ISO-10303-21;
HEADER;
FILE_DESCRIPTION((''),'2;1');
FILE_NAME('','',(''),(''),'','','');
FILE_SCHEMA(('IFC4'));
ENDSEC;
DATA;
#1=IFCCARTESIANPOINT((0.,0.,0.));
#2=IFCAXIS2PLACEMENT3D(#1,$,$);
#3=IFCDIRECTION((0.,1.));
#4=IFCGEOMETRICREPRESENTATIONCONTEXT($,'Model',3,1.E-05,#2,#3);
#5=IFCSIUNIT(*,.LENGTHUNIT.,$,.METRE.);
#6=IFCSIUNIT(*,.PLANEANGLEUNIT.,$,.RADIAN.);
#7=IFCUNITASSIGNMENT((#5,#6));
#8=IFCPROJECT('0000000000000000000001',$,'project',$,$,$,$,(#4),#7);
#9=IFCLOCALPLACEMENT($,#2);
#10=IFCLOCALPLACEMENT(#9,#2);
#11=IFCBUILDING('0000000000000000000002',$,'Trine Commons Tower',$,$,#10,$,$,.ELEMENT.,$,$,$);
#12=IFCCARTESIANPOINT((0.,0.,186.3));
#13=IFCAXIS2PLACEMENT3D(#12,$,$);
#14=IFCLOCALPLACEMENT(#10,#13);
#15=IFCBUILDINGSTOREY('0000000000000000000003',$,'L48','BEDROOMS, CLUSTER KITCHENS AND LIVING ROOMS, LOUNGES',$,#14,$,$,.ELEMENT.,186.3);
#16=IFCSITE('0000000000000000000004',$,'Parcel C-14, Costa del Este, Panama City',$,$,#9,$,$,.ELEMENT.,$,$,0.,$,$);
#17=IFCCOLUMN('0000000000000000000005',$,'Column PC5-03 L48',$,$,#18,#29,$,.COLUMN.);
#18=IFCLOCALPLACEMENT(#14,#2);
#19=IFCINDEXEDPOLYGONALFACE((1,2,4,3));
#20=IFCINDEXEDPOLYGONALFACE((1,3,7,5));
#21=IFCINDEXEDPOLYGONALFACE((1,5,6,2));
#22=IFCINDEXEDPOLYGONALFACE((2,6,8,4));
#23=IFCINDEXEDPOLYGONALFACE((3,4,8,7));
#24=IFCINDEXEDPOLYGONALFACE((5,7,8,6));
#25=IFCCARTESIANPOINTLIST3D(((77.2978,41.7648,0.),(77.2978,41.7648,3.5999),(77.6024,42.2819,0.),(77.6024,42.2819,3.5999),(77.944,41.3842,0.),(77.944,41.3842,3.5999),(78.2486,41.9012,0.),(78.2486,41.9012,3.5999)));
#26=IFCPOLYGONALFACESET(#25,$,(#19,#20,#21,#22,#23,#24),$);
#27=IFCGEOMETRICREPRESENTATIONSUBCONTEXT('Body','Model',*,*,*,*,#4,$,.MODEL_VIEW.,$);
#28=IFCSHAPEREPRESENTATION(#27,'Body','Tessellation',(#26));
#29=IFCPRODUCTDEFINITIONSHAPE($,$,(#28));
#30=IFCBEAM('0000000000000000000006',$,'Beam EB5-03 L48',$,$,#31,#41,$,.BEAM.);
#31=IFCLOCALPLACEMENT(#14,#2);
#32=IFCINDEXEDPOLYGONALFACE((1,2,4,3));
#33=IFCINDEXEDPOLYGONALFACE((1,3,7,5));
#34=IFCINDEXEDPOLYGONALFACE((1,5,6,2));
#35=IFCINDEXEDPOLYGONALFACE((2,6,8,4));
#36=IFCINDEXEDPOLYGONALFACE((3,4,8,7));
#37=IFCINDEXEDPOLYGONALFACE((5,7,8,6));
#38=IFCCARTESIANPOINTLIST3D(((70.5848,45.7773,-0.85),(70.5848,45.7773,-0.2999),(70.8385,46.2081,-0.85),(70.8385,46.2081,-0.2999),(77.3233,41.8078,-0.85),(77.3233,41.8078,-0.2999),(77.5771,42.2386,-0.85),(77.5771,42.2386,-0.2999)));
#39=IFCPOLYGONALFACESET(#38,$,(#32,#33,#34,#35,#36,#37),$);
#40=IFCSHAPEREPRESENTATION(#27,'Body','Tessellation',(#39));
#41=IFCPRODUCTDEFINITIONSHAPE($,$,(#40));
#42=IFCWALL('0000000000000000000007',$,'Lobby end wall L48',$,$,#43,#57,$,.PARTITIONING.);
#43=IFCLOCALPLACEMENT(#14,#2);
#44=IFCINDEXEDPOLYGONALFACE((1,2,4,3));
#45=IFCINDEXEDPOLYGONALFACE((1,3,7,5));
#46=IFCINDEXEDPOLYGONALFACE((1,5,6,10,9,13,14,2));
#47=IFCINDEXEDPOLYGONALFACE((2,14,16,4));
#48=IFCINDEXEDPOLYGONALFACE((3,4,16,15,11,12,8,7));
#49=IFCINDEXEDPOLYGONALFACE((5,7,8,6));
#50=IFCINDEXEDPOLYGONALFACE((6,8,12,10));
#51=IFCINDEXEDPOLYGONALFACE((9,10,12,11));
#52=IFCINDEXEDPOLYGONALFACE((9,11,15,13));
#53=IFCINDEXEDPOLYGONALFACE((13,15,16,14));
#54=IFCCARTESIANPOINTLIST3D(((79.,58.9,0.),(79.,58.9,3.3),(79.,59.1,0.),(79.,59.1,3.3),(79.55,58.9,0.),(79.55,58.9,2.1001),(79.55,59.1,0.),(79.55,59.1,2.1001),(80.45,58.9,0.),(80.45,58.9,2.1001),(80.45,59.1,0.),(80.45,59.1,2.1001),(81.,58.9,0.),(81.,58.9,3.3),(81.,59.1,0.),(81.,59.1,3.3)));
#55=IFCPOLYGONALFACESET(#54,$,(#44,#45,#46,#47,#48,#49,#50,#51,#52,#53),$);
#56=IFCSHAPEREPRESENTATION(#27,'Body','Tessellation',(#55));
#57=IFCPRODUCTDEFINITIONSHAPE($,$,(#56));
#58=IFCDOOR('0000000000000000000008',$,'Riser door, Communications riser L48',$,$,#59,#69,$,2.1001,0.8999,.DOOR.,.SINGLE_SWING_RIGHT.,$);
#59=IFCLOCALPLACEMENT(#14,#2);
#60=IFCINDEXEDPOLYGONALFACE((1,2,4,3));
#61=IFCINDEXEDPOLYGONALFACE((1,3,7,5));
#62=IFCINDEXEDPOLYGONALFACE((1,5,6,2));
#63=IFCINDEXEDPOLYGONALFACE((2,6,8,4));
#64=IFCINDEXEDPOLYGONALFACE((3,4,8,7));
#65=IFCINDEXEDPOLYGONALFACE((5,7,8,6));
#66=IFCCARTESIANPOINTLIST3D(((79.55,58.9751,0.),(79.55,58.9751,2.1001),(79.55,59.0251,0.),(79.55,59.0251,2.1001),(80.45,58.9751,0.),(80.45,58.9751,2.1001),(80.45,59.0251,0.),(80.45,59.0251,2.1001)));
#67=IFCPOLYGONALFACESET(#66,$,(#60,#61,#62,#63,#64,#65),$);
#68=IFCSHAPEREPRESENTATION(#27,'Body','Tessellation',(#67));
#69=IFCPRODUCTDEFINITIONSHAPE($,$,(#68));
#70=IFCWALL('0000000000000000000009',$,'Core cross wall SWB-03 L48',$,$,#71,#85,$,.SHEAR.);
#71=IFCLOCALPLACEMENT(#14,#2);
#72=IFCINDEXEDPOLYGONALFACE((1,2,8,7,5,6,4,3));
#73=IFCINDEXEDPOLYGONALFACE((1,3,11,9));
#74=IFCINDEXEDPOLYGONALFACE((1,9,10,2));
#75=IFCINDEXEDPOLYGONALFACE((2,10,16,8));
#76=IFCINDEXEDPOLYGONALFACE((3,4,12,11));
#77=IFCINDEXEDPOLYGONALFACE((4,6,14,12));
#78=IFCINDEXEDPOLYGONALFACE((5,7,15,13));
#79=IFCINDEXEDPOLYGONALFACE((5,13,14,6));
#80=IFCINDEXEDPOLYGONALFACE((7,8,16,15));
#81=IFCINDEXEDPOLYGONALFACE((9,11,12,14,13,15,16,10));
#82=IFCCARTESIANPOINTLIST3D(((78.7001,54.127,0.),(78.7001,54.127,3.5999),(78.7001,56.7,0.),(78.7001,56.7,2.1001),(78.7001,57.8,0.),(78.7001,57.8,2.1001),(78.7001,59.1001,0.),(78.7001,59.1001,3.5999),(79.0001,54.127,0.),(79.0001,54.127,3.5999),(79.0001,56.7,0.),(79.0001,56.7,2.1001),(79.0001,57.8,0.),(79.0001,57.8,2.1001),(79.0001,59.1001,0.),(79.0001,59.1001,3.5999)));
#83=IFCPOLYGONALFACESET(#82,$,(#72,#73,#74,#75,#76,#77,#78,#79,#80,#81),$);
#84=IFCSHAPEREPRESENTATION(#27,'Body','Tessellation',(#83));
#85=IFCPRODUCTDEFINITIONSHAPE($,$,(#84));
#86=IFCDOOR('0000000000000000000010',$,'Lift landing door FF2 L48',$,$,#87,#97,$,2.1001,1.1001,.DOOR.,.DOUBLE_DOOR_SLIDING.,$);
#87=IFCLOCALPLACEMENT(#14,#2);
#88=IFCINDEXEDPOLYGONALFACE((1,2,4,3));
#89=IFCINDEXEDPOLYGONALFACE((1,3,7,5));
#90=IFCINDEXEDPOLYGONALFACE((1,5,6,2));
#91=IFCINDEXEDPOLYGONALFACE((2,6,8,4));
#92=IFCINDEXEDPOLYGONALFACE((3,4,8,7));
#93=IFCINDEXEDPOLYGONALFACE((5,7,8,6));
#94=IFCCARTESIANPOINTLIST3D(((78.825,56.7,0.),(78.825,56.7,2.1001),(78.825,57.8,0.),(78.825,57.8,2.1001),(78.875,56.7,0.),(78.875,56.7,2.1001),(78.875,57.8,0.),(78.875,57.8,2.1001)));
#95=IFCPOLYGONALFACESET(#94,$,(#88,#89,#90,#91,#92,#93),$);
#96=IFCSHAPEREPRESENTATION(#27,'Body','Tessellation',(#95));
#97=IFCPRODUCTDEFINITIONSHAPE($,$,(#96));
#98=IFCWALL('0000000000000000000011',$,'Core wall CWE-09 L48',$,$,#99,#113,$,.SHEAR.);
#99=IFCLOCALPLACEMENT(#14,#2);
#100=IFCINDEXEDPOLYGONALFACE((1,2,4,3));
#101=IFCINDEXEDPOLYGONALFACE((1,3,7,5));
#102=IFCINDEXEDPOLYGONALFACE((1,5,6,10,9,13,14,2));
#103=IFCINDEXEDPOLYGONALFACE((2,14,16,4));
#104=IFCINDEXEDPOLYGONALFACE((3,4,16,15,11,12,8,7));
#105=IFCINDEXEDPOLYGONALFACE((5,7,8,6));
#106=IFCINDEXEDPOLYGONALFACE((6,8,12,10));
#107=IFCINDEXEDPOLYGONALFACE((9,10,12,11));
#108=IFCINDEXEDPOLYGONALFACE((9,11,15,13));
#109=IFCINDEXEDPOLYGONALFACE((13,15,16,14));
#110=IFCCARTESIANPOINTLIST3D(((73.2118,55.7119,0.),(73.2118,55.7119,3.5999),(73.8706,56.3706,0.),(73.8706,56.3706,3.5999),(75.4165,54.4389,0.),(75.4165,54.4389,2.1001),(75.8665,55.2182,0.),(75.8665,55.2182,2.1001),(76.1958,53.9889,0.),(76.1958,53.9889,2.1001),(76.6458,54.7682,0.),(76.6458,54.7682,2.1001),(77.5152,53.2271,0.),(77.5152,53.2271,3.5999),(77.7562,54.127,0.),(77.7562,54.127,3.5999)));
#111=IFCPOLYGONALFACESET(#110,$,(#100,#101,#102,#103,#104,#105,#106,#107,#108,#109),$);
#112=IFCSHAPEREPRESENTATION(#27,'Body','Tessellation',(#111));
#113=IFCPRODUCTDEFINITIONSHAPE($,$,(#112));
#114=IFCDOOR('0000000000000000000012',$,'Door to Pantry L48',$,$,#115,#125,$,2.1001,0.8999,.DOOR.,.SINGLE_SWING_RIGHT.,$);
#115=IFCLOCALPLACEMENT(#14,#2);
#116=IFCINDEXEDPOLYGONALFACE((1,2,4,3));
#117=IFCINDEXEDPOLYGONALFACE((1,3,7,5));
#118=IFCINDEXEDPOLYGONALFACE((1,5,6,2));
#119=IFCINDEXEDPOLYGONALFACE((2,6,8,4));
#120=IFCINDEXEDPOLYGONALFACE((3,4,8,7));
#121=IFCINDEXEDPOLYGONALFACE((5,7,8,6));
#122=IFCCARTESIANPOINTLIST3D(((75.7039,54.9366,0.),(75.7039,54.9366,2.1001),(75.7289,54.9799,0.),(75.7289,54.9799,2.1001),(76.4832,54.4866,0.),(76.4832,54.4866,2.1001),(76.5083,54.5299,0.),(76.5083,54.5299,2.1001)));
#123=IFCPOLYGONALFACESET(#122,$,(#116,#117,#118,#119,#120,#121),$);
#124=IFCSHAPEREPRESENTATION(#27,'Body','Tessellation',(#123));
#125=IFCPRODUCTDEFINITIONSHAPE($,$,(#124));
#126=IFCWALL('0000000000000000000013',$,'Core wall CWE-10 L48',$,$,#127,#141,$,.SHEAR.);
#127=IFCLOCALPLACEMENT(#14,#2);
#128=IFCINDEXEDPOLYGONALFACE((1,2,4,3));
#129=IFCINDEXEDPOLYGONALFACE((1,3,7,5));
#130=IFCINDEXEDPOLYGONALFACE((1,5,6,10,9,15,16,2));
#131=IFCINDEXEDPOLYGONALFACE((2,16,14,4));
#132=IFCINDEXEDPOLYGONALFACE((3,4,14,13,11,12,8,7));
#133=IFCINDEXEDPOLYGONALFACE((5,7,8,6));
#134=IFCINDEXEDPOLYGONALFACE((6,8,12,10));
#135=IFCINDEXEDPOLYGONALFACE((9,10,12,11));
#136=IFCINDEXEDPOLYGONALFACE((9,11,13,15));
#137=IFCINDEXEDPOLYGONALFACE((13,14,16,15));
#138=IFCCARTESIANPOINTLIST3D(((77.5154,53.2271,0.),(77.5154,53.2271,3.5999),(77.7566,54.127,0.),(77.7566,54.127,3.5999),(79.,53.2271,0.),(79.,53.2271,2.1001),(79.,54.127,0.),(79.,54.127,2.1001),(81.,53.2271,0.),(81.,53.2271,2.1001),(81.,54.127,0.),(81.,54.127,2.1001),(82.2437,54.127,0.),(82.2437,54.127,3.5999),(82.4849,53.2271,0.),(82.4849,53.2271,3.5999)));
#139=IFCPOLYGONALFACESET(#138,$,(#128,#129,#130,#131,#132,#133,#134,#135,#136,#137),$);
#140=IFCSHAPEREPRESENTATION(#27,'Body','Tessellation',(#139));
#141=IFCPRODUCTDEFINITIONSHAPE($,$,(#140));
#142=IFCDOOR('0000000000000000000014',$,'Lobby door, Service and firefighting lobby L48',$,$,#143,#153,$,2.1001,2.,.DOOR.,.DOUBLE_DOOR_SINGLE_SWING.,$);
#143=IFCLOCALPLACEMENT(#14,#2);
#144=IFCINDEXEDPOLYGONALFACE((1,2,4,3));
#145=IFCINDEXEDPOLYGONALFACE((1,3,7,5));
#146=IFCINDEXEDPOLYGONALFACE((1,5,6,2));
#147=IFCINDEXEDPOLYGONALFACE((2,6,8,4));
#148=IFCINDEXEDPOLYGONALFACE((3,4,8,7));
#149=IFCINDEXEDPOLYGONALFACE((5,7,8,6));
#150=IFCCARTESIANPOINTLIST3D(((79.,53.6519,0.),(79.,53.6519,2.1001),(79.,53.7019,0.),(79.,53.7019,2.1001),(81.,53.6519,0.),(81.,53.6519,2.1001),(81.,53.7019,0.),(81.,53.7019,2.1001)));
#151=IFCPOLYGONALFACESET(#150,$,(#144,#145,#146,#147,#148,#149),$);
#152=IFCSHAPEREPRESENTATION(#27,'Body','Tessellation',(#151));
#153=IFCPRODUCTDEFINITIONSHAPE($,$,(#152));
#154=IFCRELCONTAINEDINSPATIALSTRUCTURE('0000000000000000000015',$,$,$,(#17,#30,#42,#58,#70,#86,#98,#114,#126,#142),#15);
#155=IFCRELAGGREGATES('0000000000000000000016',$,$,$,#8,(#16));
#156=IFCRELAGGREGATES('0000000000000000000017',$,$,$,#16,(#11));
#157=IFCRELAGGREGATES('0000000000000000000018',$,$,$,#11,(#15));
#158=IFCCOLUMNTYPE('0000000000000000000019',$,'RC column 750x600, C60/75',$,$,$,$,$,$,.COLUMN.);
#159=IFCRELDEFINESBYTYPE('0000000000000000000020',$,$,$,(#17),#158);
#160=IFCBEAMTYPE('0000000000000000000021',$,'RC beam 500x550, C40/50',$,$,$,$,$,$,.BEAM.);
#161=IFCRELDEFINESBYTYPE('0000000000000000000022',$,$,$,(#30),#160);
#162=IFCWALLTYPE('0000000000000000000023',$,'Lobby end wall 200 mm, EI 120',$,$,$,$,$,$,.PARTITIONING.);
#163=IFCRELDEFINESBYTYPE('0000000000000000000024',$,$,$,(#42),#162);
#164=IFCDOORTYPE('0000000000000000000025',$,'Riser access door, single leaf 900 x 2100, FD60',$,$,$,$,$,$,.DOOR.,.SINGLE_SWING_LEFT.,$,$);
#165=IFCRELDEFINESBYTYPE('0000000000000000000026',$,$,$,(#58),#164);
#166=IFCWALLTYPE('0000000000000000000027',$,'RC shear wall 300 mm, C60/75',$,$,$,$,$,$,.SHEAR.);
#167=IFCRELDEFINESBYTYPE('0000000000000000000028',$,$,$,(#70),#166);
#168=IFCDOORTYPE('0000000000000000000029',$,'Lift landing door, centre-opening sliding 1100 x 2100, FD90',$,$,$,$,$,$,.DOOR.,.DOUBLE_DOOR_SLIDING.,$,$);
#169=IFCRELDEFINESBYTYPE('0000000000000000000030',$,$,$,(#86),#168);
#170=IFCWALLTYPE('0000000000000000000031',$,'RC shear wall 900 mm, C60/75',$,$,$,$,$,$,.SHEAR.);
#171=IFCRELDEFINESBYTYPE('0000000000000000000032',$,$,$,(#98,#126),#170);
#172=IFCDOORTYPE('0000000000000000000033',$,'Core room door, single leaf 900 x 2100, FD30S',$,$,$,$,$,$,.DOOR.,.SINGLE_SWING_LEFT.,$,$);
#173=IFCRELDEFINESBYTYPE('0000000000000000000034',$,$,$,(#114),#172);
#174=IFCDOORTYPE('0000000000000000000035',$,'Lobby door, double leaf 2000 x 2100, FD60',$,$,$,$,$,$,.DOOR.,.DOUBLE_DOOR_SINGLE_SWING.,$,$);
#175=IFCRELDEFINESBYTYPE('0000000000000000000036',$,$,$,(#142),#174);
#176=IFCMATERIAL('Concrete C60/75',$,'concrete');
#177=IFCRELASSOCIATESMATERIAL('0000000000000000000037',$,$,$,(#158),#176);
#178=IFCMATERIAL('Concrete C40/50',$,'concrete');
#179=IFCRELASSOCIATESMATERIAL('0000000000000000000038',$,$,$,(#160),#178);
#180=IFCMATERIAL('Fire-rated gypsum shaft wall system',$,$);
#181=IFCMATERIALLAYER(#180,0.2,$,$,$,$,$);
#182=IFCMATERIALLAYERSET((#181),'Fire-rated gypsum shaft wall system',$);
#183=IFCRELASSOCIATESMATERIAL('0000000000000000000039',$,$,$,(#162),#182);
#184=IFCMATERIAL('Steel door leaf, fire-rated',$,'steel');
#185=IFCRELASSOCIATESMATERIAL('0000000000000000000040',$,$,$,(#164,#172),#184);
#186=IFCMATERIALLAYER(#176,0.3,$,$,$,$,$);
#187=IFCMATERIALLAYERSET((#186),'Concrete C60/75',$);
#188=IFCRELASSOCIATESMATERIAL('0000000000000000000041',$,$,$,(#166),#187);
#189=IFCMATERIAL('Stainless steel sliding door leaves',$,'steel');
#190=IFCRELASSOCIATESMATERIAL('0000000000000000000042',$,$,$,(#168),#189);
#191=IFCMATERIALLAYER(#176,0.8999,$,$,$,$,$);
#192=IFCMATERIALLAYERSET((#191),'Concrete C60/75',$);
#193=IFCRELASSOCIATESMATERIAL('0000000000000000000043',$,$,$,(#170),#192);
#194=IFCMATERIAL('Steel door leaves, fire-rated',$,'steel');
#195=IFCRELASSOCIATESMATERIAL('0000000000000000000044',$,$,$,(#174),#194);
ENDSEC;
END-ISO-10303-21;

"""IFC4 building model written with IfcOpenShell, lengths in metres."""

from ifc_helpers import new_model, si_unit, direction, frame, frame_2d, origin, origin_2d, place, context, subcontext, project, spatial, polyline, rectangle, outline, extrude, material, layer, layer_set, material_profile, profile_set, type_object, element, fill, save


model = new_model("IFC4")

# Units and contexts
model_context = context("Model", 3, precision=1e-05, world=origin(), true_north=direction((0.0, 1.0)))
body_context = subcontext(model_context, "Body", "Model", "MODEL_VIEW")
ifc_project = project(units=[si_unit("LENGTHUNIT", "METRE"), si_unit("PLANEANGLEUNIT", "RADIAN")], contexts=[model_context])

# Site, building, storey
site_placement = place(None, origin())
site = spatial("IfcSite", under=ifc_project, at=site_placement, Name="Parcel C-14, Costa del Este, Panama City", CompositionType="ELEMENT", RefElevation=0.0)
building_placement = place(site_placement, origin())
building = spatial("IfcBuilding", under=site, at=building_placement, Name="Trine Commons Tower", CompositionType="ELEMENT")
storey_placement = place(building_placement, frame((0.0, 0.0, 186.3)))
storey = spatial("IfcBuildingStorey", under=building, at=storey_placement, Name="L48", Description="BEDROOMS, CLUSTER KITCHENS AND LIVING ROOMS, LOUNGES", CompositionType="ELEMENT", Elevation=186.3)

# Column
ifc_material_1 = material(Name="Concrete C60/75", Category="concrete")
ifc_material_profile_1 = material_profile(ifc_material_1, rectangle(XDim=0.75, YDim=0.6001, at=origin_2d()), Name="RC 750x600")
ifc_profile_set_1 = profile_set([ifc_material_profile_1], Name="Concrete C60/75")
column_type = type_object("IfcColumnType", Name="RC column 750x600, C60/75", PredefinedType="COLUMN", material=ifc_profile_set_1)
column_placement = place(storey_placement, frame((77.7732, 41.833, 0.0), z_axis=(0.0, 0.0, 1.0), x_axis=(-0.861629, 0.507538, 0.0)))
element("IfcColumn", 1, at=column_placement, inside=storey, type_object=column_type, Name="Column PC5-03 L48", PredefinedType="COLUMN", context=body_context, shape_type="SweptSolid", body=[
    extrude(rectangle(XDim=0.75, YDim=0.6001, at=origin_2d()), origin(), (0.0, 0.0, 1.0), 3.5999),
])

# Beam
ifc_material_2 = material(Name="Concrete C40/50", Category="concrete")
ifc_material_profile_2 = material_profile(ifc_material_2, rectangle(XDim=0.5, YDim=0.55, at=origin_2d()), Name="RC 500x550")
ifc_profile_set_2 = profile_set([ifc_material_profile_2], Name="Concrete C40/50")
beam_type = type_object("IfcBeamType", Name="RC beam 500x550, C40/50", PredefinedType="BEAM", material=ifc_profile_set_2)
beam_placement = place(storey_placement, frame((77.4502, 42.0232, -0.575), z_axis=(-0.861619, 0.507556, 0.0), x_axis=(-0.507556, -0.861619, 0.0)))
element("IfcBeam", 2, at=beam_placement, inside=storey, type_object=beam_type, Name="Beam EB5-03 L48", PredefinedType="BEAM", context=body_context, shape_type="SweptSolid", body=[
    extrude(rectangle(XDim=0.5, YDim=0.55, at=origin_2d()), origin(), (0.0, 0.0, 1.0), 7.8208),
])

# Walls, openings, doors
ifc_material_3 = material(Name="Fire-rated gypsum shaft wall system")
ifc_layer_1 = layer(ifc_material_3, 0.2)
ifc_layer_set_1 = layer_set([ifc_layer_1], Name="Fire-rated gypsum shaft wall system")
wall_type_1 = type_object("IfcWallType", Name="Lobby end wall 200 mm, EI 120", PredefinedType="PARTITIONING", material=ifc_layer_set_1)
wall_1_placement = place(storey_placement, frame((79.0, 59.0, 0.0), z_axis=(0.0, 0.0, 1.0), x_axis=(1.0, 0.0, 0.0)))
wall_1 = element("IfcWall", 3, at=wall_1_placement, inside=storey, type_object=wall_type_1, Name="Lobby end wall L48", PredefinedType="PARTITIONING", context=body_context, shape_type="SweptSolid", body=[
    extrude(rectangle(XDim=2.0, YDim=0.2, at=frame_2d((1.0, 0.0))), origin(), (0.0, 0.0, 1.0), 3.3),
])
opening_1_placement = place(wall_1_placement, frame((0.55, 0.0, 0.0)))
opening_1 = element("IfcOpeningElement", 4, at=opening_1_placement, cuts=wall_1, PredefinedType="OPENING", context=body_context, shape_type="SweptSolid", body=[
    extrude(rectangle(XDim=0.8999, YDim=2.1001, at=frame_2d((0.45, 1.05))), frame((0.0, 0.1099, 0.0), z_axis=(0.0, -1.0, 0.0), x_axis=(1.0, 0.0, 0.0)), (0.0, 0.0, 1.0), 0.22),
])
ifc_material_4 = material(Name="Steel door leaf, fire-rated", Category="steel")
door_type_1 = type_object("IfcDoorType", Name="Riser access door, single leaf 900 x 2100, FD60", OperationType="SINGLE_SWING_LEFT", PredefinedType="DOOR", material=ifc_material_4)
door_1_placement = place(opening_1_placement, frame((0.8999, 0.0, 0.0), z_axis=(0.0, 0.0, 1.0), x_axis=(-1.0, 0.0, 0.0)))
door_1 = element("IfcDoor", 5, at=door_1_placement, inside=storey, type_object=door_type_1, Name="Riser door, Communications riser L48", OperationType="SINGLE_SWING_RIGHT", OverallHeight=2.1001, OverallWidth=0.8999, PredefinedType="DOOR", context=body_context, shape_type="SweptSolid", body=[
    extrude(rectangle(XDim=0.8999, YDim=2.1001, at=frame_2d((0.45, 1.05))), frame((0.0, 0.0249, 0.0), z_axis=(0.0, -1.0, 0.0), x_axis=(1.0, 0.0, 0.0)), (0.0, 0.0, 1.0), 0.05),
])
fill(opening_1, door_1)
ifc_layer_2 = layer(ifc_material_1, 0.3)
ifc_layer_set_2 = layer_set([ifc_layer_2], Name="Concrete C60/75")
wall_type_2 = type_object("IfcWallType", Name="RC shear wall 300 mm, C60/75", PredefinedType="SHEAR", material=ifc_layer_set_2)
wall_2_placement = place(storey_placement, frame((78.8501, 59.1001, 0.0), z_axis=(0.0, 0.0, 1.0), x_axis=(0.0, -1.0, 0.0)))
wall_2 = element("IfcWall", 6, at=wall_2_placement, inside=storey, type_object=wall_type_2, Name="Core cross wall SWB-03 L48", PredefinedType="SHEAR", context=body_context, shape_type="SweptSolid", body=[
    extrude(rectangle(XDim=4.9731, YDim=0.3, at=frame_2d((2.4866, 0.0))), origin(), (0.0, 0.0, 1.0), 3.5999),
])
opening_2_placement = place(wall_2_placement, frame((1.3, 0.0, 0.0)))
opening_2 = element("IfcOpeningElement", 7, at=opening_2_placement, cuts=wall_2, PredefinedType="OPENING", context=body_context, shape_type="SweptSolid", body=[
    extrude(rectangle(XDim=1.1001, YDim=2.1001, at=frame_2d((0.55, 1.05))), frame((0.0, 0.1599, 0.0), z_axis=(0.0, -1.0, 0.0), x_axis=(1.0, 0.0, 0.0)), (0.0, 0.0, 1.0), 0.3201),
])
ifc_material_5 = material(Name="Stainless steel sliding door leaves", Category="steel")
door_type_2 = type_object("IfcDoorType", Name="Lift landing door, centre-opening sliding 1100 x 2100, FD90", OperationType="DOUBLE_DOOR_SLIDING", PredefinedType="DOOR", material=ifc_material_5)
door_2_placement = place(opening_2_placement, origin())
door_2 = element("IfcDoor", 8, at=door_2_placement, inside=storey, type_object=door_type_2, Name="Lift landing door FF2 L48", OperationType="DOUBLE_DOOR_SLIDING", OverallHeight=2.1001, OverallWidth=1.1001, PredefinedType="DOOR", context=body_context, shape_type="SweptSolid", body=[
    extrude(rectangle(XDim=1.1001, YDim=2.1001, at=frame_2d((0.55, 1.05))), frame((0.0, 0.0249, 0.0), z_axis=(0.0, -1.0, 0.0), x_axis=(1.0, 0.0, 0.0)), (0.0, 0.0, 1.0), 0.05),
])
fill(opening_2, door_2)
ifc_layer_3 = layer(ifc_material_1, 0.8999)
ifc_layer_set_3 = layer_set([ifc_layer_3], Name="Concrete C60/75")
wall_type_3 = type_object("IfcWallType", Name="RC shear wall 900 mm, C60/75", PredefinedType="SHEAR", material=ifc_layer_set_3)
wall_3_placement = place(storey_placement, frame((73.4368, 56.1016, 0.0), z_axis=(0.0, 0.0, 1.0), x_axis=(0.866003, -0.500039, 0.0)))
wall_3 = element("IfcWall", 9, at=wall_3_placement, inside=storey, type_object=wall_type_3, Name="Core wall CWE-09 L48", PredefinedType="SHEAR", context=body_context, shape_type="SweptSolid", body=[
    extrude(outline(polyline([(0.0, -0.45), (4.9692, -0.45), (4.728, 0.45), (0.2412, 0.45), (0.0, -0.45)])), origin(), (0.0, 0.0, 1.0), 3.5999),
])
opening_3_placement = place(wall_3_placement, frame((2.5459, 0.0, 0.0)))
opening_3 = element("IfcOpeningElement", 10, at=opening_3_placement, cuts=wall_3, PredefinedType="OPENING", context=body_context, shape_type="SweptSolid", body=[
    extrude(rectangle(XDim=0.8999, YDim=2.1001, at=frame_2d((0.45, 1.05))), frame((0.0, 0.46, 0.0), z_axis=(0.0, -1.0, 0.0), x_axis=(1.0, 0.0, 0.0)), (0.0, 0.0, 1.0), 0.9199),
])
door_type_3 = type_object("IfcDoorType", Name="Core room door, single leaf 900 x 2100, FD30S", OperationType="SINGLE_SWING_LEFT", PredefinedType="DOOR", material=ifc_material_4)
door_3_placement = place(opening_3_placement, origin())
door_3 = element("IfcDoor", 11, at=door_3_placement, inside=storey, type_object=door_type_3, Name="Door to Pantry L48", OperationType="SINGLE_SWING_RIGHT", OverallHeight=2.1001, OverallWidth=0.8999, PredefinedType="DOOR", context=body_context, shape_type="SweptSolid", body=[
    extrude(rectangle(XDim=0.8999, YDim=2.1001, at=frame_2d((0.45, 1.05))), frame((0.0, 0.1748, 0.0), z_axis=(0.0, -1.0, 0.0), x_axis=(1.0, 0.0, 0.0)), (0.0, 0.0, 1.0), 0.05),
])
fill(opening_3, door_3)
wall_4_placement = place(storey_placement, frame((77.5154, 53.677, 0.0), z_axis=(0.0, 0.0, 1.0), x_axis=(1.0, 0.0, 0.0)))
wall_4 = element("IfcWall", 12, at=wall_4_placement, inside=storey, type_object=wall_type_3, Name="Core wall CWE-10 L48", PredefinedType="SHEAR", context=body_context, shape_type="SweptSolid", body=[
    extrude(outline(polyline([(0.0, -0.45), (4.9695, -0.45), (4.7283, 0.45), (0.2412, 0.45), (0.0, -0.45)])), origin(), (0.0, 0.0, 1.0), 3.5999),
])
opening_4_placement = place(wall_4_placement, frame((1.4846, 0.0, 0.0)))
opening_4 = element("IfcOpeningElement", 13, at=opening_4_placement, cuts=wall_4, PredefinedType="OPENING", context=body_context, shape_type="SweptSolid", body=[
    extrude(rectangle(XDim=2.0, YDim=2.1001, at=frame_2d((1.0, 1.05))), frame((0.0, 0.46, 0.0), z_axis=(0.0, -1.0, 0.0), x_axis=(1.0, 0.0, 0.0)), (0.0, 0.0, 1.0), 0.9199),
])
ifc_material_6 = material(Name="Steel door leaves, fire-rated", Category="steel")
door_type_4 = type_object("IfcDoorType", Name="Lobby door, double leaf 2000 x 2100, FD60", OperationType="DOUBLE_DOOR_SINGLE_SWING", PredefinedType="DOOR", material=ifc_material_6)
door_4_placement = place(opening_4_placement, origin())
door_4 = element("IfcDoor", 14, at=door_4_placement, inside=storey, type_object=door_type_4, Name="Lobby door, Service and firefighting lobby L48", OperationType="DOUBLE_DOOR_SINGLE_SWING", OverallHeight=2.1001, OverallWidth=2.0, PredefinedType="DOOR", context=body_context, shape_type="SweptSolid", body=[
    extrude(rectangle(XDim=2.0, YDim=2.1001, at=frame_2d((1.0, 1.05))), frame((0.0, 0.0249, 0.0), z_axis=(0.0, -1.0, 0.0), x_axis=(1.0, 0.0, 0.0)), (0.0, 0.0, 1.0), 0.05),
])
fill(opening_4, door_4)

save(model, "model.ifc")
